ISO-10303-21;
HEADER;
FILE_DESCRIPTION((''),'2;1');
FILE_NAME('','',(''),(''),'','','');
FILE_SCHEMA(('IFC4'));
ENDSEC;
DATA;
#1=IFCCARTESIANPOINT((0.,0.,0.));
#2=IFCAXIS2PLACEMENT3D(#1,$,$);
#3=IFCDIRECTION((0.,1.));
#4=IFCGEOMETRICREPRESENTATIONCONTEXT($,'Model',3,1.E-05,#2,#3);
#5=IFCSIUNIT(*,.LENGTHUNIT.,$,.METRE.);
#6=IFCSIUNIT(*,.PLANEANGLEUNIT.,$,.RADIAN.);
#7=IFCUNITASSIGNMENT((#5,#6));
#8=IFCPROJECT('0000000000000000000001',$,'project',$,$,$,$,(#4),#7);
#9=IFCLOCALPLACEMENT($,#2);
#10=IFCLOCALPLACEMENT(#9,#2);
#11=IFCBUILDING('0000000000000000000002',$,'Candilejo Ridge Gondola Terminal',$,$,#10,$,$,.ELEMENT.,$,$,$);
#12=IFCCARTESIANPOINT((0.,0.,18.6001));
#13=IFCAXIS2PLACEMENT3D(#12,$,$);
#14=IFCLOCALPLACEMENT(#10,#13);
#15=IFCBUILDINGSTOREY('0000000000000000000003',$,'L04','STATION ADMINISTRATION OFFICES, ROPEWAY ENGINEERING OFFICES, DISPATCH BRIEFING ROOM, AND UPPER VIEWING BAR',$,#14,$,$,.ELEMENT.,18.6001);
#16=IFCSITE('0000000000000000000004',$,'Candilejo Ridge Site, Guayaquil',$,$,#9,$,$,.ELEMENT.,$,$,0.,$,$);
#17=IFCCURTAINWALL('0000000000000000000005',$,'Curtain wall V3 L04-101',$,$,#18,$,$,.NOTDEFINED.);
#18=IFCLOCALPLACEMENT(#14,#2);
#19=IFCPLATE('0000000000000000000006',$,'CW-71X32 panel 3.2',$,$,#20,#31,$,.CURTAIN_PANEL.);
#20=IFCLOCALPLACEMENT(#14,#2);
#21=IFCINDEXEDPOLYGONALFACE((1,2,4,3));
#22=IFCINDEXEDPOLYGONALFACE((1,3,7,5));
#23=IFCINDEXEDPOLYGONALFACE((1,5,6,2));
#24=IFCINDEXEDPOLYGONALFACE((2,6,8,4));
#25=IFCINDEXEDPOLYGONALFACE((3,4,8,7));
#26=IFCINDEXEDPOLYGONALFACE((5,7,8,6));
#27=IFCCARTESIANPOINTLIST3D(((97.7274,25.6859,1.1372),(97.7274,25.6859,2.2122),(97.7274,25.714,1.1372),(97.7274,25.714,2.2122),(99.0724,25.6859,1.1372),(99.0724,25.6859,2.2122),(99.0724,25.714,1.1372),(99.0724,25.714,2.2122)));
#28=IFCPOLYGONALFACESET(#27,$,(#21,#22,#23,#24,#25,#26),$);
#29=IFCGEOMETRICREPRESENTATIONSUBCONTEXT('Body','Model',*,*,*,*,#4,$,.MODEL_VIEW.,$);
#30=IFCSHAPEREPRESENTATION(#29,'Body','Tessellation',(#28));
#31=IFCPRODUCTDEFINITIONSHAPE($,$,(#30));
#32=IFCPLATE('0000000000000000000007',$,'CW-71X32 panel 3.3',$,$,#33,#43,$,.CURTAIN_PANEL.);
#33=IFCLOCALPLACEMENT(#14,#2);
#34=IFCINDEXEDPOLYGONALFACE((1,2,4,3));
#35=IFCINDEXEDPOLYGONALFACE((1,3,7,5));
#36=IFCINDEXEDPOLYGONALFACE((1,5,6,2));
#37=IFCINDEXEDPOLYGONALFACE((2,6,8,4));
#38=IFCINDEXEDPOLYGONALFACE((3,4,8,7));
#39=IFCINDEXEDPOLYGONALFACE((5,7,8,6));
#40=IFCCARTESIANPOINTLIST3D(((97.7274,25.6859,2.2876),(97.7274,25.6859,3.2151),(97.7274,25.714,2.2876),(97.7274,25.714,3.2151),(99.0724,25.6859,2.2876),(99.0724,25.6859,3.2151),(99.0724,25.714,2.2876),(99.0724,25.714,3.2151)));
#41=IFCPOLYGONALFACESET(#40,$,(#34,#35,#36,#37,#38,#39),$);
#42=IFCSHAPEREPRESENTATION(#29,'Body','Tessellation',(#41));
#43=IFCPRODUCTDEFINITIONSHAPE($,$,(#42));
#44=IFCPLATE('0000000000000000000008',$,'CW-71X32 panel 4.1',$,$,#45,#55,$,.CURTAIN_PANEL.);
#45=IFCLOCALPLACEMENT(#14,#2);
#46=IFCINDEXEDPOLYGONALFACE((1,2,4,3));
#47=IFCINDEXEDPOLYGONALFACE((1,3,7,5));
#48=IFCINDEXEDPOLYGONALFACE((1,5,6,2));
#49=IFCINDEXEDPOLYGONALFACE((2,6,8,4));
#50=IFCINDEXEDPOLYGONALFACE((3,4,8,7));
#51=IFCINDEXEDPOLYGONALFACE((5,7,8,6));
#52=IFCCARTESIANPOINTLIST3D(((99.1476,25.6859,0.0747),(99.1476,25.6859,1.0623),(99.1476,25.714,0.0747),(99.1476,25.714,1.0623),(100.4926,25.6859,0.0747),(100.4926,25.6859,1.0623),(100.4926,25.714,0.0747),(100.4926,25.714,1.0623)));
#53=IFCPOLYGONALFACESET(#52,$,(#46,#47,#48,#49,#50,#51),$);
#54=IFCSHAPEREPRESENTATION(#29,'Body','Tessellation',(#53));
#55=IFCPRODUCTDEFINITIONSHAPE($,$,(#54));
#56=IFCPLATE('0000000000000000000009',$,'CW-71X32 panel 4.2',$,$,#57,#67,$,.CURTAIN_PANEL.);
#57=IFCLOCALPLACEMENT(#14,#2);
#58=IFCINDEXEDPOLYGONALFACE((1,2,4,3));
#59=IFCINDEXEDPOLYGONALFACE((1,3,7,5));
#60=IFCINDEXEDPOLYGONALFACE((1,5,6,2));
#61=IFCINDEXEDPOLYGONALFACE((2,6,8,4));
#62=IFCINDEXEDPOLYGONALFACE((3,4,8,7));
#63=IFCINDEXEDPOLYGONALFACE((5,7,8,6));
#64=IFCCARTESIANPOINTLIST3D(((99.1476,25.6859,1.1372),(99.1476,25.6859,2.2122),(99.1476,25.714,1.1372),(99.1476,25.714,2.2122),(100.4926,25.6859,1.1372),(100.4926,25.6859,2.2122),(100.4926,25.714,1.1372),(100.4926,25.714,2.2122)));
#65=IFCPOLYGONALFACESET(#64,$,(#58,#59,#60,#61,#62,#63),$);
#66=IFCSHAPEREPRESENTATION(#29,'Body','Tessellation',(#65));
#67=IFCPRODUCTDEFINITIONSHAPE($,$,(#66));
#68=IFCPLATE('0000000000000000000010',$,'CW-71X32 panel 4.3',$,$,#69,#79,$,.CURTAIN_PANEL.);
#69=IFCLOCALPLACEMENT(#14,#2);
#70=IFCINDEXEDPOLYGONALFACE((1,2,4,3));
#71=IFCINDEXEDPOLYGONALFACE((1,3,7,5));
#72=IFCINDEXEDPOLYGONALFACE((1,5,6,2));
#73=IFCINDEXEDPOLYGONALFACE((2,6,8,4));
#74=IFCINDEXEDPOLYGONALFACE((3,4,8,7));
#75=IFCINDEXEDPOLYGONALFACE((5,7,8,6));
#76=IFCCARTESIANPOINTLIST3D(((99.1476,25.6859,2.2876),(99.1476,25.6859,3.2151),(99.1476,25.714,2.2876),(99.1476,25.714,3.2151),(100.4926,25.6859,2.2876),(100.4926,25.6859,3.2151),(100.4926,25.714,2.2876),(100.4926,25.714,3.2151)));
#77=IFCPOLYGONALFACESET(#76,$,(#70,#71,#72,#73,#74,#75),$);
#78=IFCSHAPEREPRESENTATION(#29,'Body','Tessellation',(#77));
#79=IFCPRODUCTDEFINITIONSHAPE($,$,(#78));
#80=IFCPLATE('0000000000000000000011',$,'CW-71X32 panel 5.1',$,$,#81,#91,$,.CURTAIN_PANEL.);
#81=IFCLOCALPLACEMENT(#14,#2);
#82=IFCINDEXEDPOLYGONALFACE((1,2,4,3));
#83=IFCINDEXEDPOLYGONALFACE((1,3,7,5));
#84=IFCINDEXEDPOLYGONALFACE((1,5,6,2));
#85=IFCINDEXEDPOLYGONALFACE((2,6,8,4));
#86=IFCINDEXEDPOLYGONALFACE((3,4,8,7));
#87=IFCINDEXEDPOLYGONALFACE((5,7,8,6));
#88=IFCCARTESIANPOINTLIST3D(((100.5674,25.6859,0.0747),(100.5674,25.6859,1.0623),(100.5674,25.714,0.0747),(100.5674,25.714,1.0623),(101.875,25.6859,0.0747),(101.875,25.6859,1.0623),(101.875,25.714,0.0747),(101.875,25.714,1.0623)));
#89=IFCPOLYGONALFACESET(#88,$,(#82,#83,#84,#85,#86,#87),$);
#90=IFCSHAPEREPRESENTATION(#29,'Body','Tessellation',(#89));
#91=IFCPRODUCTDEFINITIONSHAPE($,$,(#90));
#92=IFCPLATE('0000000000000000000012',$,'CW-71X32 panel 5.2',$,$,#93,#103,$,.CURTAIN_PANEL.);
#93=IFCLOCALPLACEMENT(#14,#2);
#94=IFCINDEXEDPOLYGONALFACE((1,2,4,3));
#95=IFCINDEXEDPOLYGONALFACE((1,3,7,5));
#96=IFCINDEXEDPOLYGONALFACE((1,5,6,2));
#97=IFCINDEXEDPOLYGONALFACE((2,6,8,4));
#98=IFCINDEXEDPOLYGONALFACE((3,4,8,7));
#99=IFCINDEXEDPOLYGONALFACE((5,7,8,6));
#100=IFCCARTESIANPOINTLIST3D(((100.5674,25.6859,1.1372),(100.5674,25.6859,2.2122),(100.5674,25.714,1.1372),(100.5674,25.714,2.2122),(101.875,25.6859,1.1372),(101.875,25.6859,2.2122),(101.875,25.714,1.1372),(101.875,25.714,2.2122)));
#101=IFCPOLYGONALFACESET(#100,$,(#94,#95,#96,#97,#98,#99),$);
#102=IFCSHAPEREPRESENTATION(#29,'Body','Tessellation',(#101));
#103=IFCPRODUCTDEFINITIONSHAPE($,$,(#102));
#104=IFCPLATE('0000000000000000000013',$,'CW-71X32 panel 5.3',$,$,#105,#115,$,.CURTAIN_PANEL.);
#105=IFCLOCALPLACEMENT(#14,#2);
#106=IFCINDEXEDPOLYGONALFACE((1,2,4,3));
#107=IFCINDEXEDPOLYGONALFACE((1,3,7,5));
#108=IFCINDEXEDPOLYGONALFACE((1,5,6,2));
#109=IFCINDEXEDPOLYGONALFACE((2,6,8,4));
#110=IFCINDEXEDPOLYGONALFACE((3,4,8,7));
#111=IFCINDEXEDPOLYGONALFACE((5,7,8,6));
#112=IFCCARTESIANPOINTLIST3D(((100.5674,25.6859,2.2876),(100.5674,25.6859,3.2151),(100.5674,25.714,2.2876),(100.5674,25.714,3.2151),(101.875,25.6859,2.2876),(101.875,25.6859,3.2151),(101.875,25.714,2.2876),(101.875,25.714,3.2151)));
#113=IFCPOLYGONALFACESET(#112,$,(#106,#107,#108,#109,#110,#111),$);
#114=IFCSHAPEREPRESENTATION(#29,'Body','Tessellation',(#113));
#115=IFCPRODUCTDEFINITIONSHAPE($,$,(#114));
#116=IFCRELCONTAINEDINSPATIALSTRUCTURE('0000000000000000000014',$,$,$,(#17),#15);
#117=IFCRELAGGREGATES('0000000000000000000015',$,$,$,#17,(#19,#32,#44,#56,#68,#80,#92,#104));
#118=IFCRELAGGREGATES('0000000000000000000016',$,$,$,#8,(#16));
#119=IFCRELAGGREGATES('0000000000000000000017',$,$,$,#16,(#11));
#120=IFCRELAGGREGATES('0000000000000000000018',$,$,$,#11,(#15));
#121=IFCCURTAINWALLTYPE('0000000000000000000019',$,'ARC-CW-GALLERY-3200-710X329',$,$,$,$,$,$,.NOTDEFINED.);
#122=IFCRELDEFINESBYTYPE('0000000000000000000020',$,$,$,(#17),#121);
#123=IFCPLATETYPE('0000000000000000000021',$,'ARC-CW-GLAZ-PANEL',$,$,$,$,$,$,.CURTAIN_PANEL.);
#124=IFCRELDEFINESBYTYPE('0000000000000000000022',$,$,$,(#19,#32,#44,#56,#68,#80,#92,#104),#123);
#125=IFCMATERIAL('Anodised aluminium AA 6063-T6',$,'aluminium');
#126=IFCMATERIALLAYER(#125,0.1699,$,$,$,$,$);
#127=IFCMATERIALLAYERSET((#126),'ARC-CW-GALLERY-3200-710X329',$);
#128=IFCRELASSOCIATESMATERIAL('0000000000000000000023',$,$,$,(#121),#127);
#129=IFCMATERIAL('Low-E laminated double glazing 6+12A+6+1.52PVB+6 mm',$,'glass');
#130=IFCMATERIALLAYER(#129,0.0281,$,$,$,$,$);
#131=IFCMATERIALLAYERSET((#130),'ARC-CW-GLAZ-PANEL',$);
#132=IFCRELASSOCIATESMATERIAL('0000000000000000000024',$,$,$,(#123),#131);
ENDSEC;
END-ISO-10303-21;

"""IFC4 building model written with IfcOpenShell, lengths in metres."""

from ifc_helpers import new_model, si_unit, direction, frame, origin, origin_2d, place, context, subcontext, project, spatial, rectangle, extrude, material, layer, layer_set, type_object, element, aggregate, save


model = new_model("IFC4")

# Units and contexts
model_context = context("Model", 3, precision=1e-05, world=origin(), true_north=direction((0.0, 1.0)))
body_context = subcontext(model_context, "Body", "Model", "MODEL_VIEW")
ifc_project = project(units=[si_unit("LENGTHUNIT", "METRE"), si_unit("PLANEANGLEUNIT", "RADIAN")], contexts=[model_context])

# Site, building, storey
site_placement = place(None, origin())
site = spatial("IfcSite", under=ifc_project, at=site_placement, Name="Candilejo Ridge Site, Guayaquil", CompositionType="ELEMENT", RefElevation=0.0)
building_placement = place(site_placement, origin())
building = spatial("IfcBuilding", under=site, at=building_placement, Name="Candilejo Ridge Gondola Terminal", CompositionType="ELEMENT")
storey_placement = place(building_placement, frame((0.0, 0.0, 18.6001)))
storey = spatial("IfcBuildingStorey", under=building, at=storey_placement, Name="L04", Description="STATION ADMINISTRATION OFFICES, ROPEWAY ENGINEERING OFFICES, DISPATCH BRIEFING ROOM, AND UPPER VIEWING BAR", CompositionType="ELEMENT", Elevation=18.6001)

# Curtain wall
ifc_material_1 = material(Name="Anodised aluminium AA 6063-T6", Category="aluminium")
ifc_layer_1 = layer(ifc_material_1, 0.1699)
ifc_layer_set_1 = layer_set([ifc_layer_1], Name="ARC-CW-GALLERY-3200-710X329")
curtain_wall_type_1 = type_object("IfcCurtainWallType", Name="ARC-CW-GALLERY-3200-710X329", PredefinedType="NOTDEFINED", material=ifc_layer_set_1)
curtain_wall_1_placement = place(storey_placement, origin())
curtain_wall_1 = element("IfcCurtainWall", 1, at=curtain_wall_1_placement, inside=storey, type_object=curtain_wall_type_1, Name="Curtain wall V3 L04-101", PredefinedType="NOTDEFINED")

# Plates
ifc_material_2 = material(Name="Low-E laminated double glazing 6+12A+6+1.52PVB+6 mm", Category="glass")
ifc_layer_2 = layer(ifc_material_2, 0.0281)
ifc_layer_set_2 = layer_set([ifc_layer_2], Name="ARC-CW-GLAZ-PANEL")
plate_type = type_object("IfcPlateType", Name="ARC-CW-GLAZ-PANEL", PredefinedType="CURTAIN_PANEL", material=ifc_layer_set_2)
plate_1_placement = place(storey_placement, frame((98.3999, 25.7, 1.1372), z_axis=(0.0, 0.0, 1.0), x_axis=(1.0, 0.0, 0.0)))
plate_1 = element("IfcPlate", 2, at=plate_1_placement, type_object=plate_type, Name="CW-71X32 panel 3.2", PredefinedType="CURTAIN_PANEL", context=body_context, shape_type="SweptSolid", body=[
    extrude(rectangle(XDim=1.345, YDim=0.0281, at=origin_2d()), origin(), (0.0, 0.0, 1.0), 1.075),
])
plate_2_placement = place(storey_placement, frame((98.3999, 25.7, 2.2876), z_axis=(0.0, 0.0, 1.0), x_axis=(1.0, 0.0, 0.0)))
plate_2 = element("IfcPlate", 3, at=plate_2_placement, type_object=plate_type, Name="CW-71X32 panel 3.3", PredefinedType="CURTAIN_PANEL", context=body_context, shape_type="SweptSolid", body=[
    extrude(rectangle(XDim=1.345, YDim=0.0281, at=origin_2d()), origin(), (0.0, 0.0, 1.0), 0.9275),
])
plate_3_placement = place(storey_placement, frame((99.8201, 25.7, 0.0747), z_axis=(0.0, 0.0, 1.0), x_axis=(1.0, 0.0, 0.0)))
plate_3 = element("IfcPlate", 4, at=plate_3_placement, type_object=plate_type, Name="CW-71X32 panel 4.1", PredefinedType="CURTAIN_PANEL", context=body_context, shape_type="SweptSolid", body=[
    extrude(rectangle(XDim=1.345, YDim=0.0281, at=origin_2d()), origin(), (0.0, 0.0, 1.0), 0.9875),
])
plate_4_placement = place(storey_placement, frame((99.8201, 25.7, 1.1372), z_axis=(0.0, 0.0, 1.0), x_axis=(1.0, 0.0, 0.0)))
plate_4 = element("IfcPlate", 5, at=plate_4_placement, type_object=plate_type, Name="CW-71X32 panel 4.2", PredefinedType="CURTAIN_PANEL", context=body_context, shape_type="SweptSolid", body=[
    extrude(rectangle(XDim=1.345, YDim=0.0281, at=origin_2d()), origin(), (0.0, 0.0, 1.0), 1.075),
])
plate_5_placement = place(storey_placement, frame((99.8201, 25.7, 2.2876), z_axis=(0.0, 0.0, 1.0), x_axis=(1.0, 0.0, 0.0)))
plate_5 = element("IfcPlate", 6, at=plate_5_placement, type_object=plate_type, Name="CW-71X32 panel 4.3", PredefinedType="CURTAIN_PANEL", context=body_context, shape_type="SweptSolid", body=[
    extrude(rectangle(XDim=1.345, YDim=0.0281, at=origin_2d()), origin(), (0.0, 0.0, 1.0), 0.9275),
])
plate_6_placement = place(storey_placement, frame((101.2212, 25.7, 0.0747), z_axis=(0.0, 0.0, 1.0), x_axis=(1.0, 0.0, 0.0)))
plate_6 = element("IfcPlate", 7, at=plate_6_placement, type_object=plate_type, Name="CW-71X32 panel 5.1", PredefinedType="CURTAIN_PANEL", context=body_context, shape_type="SweptSolid", body=[
    extrude(rectangle(XDim=1.3076, YDim=0.0281, at=origin_2d()), origin(), (0.0, 0.0, 1.0), 0.9875),
])
plate_7_placement = place(storey_placement, frame((101.2212, 25.7, 1.1372), z_axis=(0.0, 0.0, 1.0), x_axis=(1.0, 0.0, 0.0)))
plate_7 = element("IfcPlate", 8, at=plate_7_placement, type_object=plate_type, Name="CW-71X32 panel 5.2", PredefinedType="CURTAIN_PANEL", context=body_context, shape_type="SweptSolid", body=[
    extrude(rectangle(XDim=1.3076, YDim=0.0281, at=origin_2d()), origin(), (0.0, 0.0, 1.0), 1.075),
])
plate_8_placement = place(storey_placement, frame((101.2212, 25.7, 2.2876), z_axis=(0.0, 0.0, 1.0), x_axis=(1.0, 0.0, 0.0)))
plate_8 = element("IfcPlate", 9, at=plate_8_placement, type_object=plate_type, Name="CW-71X32 panel 5.3", PredefinedType="CURTAIN_PANEL", context=body_context, shape_type="SweptSolid", body=[
    extrude(rectangle(XDim=1.3076, YDim=0.0281, at=origin_2d()), origin(), (0.0, 0.0, 1.0), 0.9275),
])
aggregate(curtain_wall_1, [plate_1, plate_2, plate_3, plate_4, plate_5, plate_6, plate_7, plate_8])

save(model, "model.ifc")
